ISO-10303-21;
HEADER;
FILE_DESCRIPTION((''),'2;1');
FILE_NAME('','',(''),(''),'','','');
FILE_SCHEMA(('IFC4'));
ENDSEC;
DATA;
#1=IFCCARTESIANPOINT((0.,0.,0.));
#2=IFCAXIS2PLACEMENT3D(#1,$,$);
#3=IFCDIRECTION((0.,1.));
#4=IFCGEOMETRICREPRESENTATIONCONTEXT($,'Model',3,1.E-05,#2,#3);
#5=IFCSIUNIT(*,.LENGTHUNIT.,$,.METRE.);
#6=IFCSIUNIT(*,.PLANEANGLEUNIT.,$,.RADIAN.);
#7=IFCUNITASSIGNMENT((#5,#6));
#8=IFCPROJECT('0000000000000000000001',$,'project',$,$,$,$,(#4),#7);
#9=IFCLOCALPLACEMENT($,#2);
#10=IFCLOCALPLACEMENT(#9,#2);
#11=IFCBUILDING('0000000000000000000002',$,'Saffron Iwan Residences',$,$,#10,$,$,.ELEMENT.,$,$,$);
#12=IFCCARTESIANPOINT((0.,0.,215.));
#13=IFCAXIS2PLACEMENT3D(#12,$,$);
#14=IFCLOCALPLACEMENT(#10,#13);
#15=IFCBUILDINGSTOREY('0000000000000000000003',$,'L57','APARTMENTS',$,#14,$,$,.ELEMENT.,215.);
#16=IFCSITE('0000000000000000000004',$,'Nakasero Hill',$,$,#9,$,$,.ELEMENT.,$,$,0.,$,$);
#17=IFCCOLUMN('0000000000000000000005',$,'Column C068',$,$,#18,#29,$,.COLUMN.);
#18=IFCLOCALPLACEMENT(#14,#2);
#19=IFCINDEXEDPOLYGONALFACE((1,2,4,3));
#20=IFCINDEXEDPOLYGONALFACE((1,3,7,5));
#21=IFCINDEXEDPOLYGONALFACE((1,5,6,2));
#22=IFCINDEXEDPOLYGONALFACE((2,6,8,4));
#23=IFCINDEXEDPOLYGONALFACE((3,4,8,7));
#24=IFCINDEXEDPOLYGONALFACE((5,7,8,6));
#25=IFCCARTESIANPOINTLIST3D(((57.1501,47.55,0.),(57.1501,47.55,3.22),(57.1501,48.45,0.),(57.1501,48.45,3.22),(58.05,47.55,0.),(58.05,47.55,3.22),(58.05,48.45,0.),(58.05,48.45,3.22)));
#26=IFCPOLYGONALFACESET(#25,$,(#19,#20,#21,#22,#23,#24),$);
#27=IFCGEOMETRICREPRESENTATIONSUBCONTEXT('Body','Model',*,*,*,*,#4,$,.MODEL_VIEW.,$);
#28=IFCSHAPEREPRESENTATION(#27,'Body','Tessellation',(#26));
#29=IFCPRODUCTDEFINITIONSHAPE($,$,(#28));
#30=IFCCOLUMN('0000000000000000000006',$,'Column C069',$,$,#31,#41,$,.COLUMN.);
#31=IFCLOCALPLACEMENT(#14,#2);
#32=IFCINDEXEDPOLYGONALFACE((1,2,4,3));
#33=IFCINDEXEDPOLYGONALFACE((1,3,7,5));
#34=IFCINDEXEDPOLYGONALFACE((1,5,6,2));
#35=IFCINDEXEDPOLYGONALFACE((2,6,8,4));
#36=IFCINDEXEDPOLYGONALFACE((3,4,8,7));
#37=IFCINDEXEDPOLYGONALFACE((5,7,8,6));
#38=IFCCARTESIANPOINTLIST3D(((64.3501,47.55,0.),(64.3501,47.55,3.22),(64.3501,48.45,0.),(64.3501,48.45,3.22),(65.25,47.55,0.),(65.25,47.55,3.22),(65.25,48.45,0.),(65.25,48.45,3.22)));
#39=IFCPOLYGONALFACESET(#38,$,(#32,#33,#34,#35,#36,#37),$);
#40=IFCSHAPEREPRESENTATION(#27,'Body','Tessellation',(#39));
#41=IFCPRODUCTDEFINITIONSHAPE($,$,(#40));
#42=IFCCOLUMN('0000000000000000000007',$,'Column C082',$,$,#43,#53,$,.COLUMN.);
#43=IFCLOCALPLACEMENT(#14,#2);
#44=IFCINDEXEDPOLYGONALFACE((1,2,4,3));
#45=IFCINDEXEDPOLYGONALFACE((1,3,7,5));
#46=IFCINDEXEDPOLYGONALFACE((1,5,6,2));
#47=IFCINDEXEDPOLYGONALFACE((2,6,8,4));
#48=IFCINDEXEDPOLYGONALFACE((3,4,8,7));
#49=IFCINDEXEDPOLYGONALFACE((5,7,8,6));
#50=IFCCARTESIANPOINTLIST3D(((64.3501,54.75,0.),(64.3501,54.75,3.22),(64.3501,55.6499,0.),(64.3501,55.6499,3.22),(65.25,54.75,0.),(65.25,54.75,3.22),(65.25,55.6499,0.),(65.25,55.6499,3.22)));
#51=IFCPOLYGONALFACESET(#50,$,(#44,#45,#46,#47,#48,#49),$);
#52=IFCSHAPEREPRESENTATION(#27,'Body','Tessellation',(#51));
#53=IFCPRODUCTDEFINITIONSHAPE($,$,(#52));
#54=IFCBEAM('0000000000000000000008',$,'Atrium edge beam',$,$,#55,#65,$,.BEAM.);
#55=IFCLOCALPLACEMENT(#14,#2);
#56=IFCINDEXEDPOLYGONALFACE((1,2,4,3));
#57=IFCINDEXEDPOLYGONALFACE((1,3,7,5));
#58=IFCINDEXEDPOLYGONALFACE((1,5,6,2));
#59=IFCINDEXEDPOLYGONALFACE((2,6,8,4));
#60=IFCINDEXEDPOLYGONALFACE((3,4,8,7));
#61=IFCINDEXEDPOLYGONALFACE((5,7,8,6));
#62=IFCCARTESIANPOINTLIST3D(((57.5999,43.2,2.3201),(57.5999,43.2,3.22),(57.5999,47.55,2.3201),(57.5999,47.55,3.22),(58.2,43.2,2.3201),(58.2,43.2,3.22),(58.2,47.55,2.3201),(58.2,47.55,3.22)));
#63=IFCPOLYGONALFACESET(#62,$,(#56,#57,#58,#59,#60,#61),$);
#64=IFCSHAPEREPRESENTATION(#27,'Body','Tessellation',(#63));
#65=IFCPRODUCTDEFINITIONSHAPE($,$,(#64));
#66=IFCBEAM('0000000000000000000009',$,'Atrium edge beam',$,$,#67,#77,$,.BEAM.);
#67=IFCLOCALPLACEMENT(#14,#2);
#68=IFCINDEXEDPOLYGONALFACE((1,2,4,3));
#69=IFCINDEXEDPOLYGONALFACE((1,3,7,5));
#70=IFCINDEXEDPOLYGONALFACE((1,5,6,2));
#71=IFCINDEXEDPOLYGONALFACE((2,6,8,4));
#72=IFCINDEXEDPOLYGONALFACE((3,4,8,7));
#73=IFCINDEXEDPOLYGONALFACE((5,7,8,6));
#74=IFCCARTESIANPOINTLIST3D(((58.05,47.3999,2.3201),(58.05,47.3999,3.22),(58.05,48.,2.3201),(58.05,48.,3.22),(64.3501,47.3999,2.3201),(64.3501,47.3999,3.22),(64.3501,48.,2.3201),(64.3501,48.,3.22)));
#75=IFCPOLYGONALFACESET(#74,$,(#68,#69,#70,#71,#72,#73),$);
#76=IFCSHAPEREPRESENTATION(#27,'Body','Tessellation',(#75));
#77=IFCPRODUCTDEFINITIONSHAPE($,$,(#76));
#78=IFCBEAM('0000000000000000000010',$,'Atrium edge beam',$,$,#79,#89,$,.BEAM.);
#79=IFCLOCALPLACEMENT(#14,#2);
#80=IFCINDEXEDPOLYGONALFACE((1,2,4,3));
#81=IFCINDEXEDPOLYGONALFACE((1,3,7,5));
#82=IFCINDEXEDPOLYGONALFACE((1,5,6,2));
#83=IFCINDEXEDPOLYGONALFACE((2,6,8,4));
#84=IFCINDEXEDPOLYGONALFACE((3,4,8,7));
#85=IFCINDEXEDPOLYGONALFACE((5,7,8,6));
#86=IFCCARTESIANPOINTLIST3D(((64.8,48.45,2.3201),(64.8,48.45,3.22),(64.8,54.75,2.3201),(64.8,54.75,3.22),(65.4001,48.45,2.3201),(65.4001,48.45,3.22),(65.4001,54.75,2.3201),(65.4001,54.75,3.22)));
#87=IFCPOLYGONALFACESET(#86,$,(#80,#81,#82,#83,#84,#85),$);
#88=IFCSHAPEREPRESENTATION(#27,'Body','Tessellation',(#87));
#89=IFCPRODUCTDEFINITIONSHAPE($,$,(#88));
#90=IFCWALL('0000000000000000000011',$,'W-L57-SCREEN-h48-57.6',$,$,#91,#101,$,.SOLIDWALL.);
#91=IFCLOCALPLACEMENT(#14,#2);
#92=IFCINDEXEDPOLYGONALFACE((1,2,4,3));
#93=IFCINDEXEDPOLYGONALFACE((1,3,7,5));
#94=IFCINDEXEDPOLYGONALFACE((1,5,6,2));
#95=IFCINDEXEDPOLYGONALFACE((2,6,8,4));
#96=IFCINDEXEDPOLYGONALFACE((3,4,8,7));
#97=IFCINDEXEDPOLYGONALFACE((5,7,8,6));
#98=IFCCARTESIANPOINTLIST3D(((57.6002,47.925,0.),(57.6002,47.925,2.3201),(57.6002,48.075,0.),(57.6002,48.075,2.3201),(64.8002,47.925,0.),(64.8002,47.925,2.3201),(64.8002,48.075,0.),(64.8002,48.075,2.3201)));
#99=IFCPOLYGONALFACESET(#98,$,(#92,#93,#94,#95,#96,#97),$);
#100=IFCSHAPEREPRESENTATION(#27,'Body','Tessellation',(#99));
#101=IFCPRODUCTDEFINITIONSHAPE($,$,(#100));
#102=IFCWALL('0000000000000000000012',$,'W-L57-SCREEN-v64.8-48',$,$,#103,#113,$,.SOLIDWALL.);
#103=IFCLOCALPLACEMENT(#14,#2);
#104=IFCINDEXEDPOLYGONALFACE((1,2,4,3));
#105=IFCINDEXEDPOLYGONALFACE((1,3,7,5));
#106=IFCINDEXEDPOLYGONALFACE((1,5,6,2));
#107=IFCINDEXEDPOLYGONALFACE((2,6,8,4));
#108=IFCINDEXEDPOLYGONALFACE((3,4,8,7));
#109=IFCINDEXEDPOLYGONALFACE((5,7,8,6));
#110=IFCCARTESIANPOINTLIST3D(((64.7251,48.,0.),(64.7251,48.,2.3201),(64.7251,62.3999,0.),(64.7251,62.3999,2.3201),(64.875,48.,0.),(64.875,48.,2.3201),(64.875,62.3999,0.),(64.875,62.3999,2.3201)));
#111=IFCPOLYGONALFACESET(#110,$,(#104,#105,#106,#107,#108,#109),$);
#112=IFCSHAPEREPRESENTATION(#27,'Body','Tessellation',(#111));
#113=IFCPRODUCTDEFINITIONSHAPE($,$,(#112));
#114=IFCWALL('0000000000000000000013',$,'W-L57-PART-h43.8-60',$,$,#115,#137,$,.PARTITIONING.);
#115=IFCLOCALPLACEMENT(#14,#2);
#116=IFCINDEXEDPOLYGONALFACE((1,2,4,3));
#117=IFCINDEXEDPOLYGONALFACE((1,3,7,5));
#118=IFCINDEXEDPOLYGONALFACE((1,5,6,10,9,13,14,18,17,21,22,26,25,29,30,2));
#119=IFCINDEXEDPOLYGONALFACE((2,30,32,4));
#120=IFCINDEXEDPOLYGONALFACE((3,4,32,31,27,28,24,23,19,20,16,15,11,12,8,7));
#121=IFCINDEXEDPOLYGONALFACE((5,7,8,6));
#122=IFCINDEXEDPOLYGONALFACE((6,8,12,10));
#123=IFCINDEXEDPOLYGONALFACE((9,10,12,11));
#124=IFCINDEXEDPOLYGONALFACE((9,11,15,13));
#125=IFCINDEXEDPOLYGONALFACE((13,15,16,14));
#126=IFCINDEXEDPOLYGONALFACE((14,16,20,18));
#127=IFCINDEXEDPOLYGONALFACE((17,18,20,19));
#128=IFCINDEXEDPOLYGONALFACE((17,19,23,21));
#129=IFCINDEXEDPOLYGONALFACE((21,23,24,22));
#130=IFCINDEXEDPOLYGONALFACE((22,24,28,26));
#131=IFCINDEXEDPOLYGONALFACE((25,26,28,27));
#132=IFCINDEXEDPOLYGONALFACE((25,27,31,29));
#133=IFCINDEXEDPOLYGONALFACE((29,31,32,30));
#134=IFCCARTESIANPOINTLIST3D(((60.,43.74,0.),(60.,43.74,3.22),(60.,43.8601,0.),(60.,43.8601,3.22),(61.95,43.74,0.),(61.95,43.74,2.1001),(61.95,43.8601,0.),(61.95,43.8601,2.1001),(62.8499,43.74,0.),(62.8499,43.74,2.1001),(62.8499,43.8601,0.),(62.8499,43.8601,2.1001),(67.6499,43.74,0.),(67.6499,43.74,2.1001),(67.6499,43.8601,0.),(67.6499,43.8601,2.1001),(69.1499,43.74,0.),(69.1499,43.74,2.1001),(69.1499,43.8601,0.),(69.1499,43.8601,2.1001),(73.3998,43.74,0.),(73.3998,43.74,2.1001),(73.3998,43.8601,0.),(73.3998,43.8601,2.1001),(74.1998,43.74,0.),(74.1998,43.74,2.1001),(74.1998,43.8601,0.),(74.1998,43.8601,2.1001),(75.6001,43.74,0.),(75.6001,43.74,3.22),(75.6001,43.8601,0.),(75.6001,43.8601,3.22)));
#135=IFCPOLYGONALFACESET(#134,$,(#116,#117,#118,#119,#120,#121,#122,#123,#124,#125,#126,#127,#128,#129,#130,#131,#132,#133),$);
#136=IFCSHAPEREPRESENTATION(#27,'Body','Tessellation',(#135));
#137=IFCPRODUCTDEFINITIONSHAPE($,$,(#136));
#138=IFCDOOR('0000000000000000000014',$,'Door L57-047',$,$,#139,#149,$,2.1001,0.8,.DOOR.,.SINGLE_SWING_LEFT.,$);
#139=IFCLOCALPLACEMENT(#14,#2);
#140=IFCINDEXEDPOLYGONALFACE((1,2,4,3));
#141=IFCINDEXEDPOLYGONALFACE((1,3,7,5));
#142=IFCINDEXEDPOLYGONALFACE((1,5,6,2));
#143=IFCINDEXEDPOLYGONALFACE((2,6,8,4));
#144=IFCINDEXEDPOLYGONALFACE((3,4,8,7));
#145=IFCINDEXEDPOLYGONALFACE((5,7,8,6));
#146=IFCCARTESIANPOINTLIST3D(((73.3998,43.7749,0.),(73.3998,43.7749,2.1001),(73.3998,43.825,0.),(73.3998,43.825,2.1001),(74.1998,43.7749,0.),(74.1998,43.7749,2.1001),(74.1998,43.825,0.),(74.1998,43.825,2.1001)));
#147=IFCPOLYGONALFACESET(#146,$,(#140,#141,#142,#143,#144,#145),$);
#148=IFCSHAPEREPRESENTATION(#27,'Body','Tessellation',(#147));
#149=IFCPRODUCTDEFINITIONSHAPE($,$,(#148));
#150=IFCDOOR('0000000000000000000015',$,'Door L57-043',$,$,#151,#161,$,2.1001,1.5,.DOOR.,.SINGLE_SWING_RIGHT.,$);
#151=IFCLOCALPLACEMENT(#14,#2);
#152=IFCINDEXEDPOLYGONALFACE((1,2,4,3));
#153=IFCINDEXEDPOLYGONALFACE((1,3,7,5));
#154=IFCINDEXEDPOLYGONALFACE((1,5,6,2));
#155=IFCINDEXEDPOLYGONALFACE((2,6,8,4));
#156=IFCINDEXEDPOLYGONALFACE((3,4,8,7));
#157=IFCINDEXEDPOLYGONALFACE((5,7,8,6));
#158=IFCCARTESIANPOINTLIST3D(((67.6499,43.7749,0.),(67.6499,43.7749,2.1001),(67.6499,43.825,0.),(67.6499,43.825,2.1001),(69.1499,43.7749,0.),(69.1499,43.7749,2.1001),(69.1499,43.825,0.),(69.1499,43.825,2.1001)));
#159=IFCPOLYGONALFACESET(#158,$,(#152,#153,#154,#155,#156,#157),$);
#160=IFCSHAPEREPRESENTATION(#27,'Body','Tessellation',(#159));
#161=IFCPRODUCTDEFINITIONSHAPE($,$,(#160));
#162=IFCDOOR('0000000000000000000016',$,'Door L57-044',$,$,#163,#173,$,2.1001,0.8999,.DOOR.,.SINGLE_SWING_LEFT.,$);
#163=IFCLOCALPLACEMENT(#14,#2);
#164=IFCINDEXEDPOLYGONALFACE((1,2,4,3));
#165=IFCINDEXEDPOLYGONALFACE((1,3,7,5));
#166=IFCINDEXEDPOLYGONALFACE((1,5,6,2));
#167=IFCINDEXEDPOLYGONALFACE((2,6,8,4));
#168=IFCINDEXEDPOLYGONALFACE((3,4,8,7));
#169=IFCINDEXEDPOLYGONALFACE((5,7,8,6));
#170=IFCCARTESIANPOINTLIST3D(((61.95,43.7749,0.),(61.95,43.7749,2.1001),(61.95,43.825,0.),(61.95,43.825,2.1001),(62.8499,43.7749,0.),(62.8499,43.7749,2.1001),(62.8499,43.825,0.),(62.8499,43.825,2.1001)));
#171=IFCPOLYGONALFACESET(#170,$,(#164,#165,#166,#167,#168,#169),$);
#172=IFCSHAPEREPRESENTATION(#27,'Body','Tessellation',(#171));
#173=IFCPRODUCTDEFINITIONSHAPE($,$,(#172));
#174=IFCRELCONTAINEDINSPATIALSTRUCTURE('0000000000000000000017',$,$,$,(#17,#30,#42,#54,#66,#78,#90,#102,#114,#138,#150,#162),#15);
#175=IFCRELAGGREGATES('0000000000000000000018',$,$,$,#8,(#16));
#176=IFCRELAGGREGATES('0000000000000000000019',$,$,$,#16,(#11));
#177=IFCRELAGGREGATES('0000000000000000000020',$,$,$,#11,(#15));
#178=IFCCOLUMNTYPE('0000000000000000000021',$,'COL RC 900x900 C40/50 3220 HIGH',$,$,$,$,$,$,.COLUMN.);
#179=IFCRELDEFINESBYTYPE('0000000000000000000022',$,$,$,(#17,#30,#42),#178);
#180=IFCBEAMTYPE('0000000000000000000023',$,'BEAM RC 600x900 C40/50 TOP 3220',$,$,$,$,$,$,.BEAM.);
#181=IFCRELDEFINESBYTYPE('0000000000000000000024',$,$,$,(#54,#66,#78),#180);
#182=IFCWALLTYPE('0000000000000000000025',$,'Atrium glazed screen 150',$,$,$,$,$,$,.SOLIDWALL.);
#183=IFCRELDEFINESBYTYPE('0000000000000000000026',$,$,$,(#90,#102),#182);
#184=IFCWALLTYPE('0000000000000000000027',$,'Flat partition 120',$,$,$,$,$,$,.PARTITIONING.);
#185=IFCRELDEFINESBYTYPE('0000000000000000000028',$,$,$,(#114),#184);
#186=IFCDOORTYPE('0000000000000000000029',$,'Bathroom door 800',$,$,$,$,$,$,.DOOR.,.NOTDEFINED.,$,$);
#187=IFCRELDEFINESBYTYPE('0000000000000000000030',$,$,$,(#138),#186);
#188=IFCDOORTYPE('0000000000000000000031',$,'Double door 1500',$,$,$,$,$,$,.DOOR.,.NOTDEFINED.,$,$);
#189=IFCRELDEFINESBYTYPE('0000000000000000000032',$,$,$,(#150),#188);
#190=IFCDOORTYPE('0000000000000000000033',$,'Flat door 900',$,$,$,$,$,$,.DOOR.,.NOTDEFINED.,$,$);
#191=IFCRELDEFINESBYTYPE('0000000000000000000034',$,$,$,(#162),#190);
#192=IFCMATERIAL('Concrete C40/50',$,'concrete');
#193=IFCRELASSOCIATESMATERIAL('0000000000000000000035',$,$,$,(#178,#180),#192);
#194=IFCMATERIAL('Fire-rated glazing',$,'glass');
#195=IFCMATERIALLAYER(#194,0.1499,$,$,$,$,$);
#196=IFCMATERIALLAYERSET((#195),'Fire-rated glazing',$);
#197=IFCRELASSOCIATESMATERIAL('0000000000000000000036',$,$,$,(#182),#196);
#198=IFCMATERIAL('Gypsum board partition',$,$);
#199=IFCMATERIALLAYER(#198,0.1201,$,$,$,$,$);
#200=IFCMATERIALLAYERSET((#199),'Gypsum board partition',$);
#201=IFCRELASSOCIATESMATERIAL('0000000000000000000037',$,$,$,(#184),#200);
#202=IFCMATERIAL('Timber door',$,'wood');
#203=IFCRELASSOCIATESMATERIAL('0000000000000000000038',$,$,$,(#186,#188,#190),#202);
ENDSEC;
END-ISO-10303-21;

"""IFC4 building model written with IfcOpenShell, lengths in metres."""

from ifc_helpers import new_model, si_unit, direction, frame, frame_2d, origin, origin_2d, place, context, subcontext, project, spatial, rectangle, extrude, source, transform, mapped, material, layer, layer_set, material_profile, profile_set, type_object, element, fill, save


model = new_model("IFC4")

# Units and contexts
model_context = context("Model", 3, precision=1e-05, world=origin(), true_north=direction((0.0, 1.0)))
body_context = subcontext(model_context, "Body", "Model", "MODEL_VIEW")
ifc_project = project(units=[si_unit("LENGTHUNIT", "METRE"), si_unit("PLANEANGLEUNIT", "RADIAN")], contexts=[model_context])

# Site, building, storey
site_placement = place(None, origin())
site = spatial("IfcSite", under=ifc_project, at=site_placement, Name="Nakasero Hill", CompositionType="ELEMENT", RefElevation=0.0)
building_placement = place(site_placement, origin())
building = spatial("IfcBuilding", under=site, at=building_placement, Name="Saffron Iwan Residences", CompositionType="ELEMENT")
storey_placement = place(building_placement, frame((0.0, 0.0, 215.0)))
storey = spatial("IfcBuildingStorey", under=building, at=storey_placement, Name="L57", Description="APARTMENTS", CompositionType="ELEMENT", Elevation=215.0)

# Columns
ifc_material_1 = material(Name="Concrete C40/50", Category="concrete")
ifc_material_profile_1 = material_profile(ifc_material_1, rectangle(XDim=0.8999, YDim=0.8999, at=origin_2d()), Name="RC 900x900")
ifc_profile_set_1 = profile_set([ifc_material_profile_1], Name="Concrete C40/50")
column_type = type_object("IfcColumnType", Name="COL RC 900x900 C40/50 3220 HIGH", PredefinedType="COLUMN", material=ifc_profile_set_1)
shared_shape_1 = source(origin(), body_context, "Body", "SweptSolid", [
    extrude(rectangle(XDim=0.8999, YDim=0.8999, at=origin_2d()), origin(), (0.0, 0.0, 1.0), 3.22),
])
for number, where, z_axis, x_axis, name in (
    (1, (57.6001, 48.0, 0.0), (0.0, 0.0, 1.0), (1.0, 0.0, 0.0), "Column C068"),
    (2, (64.8, 48.0, 0.0), (0.0, 0.0, 1.0), (1.0, 0.0, 0.0), "Column C069"),
    (3, (64.8, 55.2, 0.0), (0.0, 0.0, 1.0), (1.0, 0.0, 0.0), "Column C082"),
):
    element("IfcColumn", number, at=place(storey_placement, frame(where, z_axis=z_axis, x_axis=x_axis)), inside=storey, type_object=column_type, Name=name, PredefinedType="COLUMN", context=body_context, shape_type="MappedRepresentation", body=[
        mapped(shared_shape_1, transform((0.0, 0.0, 0.0))),
    ])

# Beams
ifc_material_profile_2 = material_profile(ifc_material_1, rectangle(XDim=0.6001, YDim=0.8999, at=origin_2d()), Name="RC 600x900")
ifc_profile_set_2 = profile_set([ifc_material_profile_2], Name="Concrete C40/50")
beam_type = type_object("IfcBeamType", Name="BEAM RC 600x900 C40/50 TOP 3220", PredefinedType="BEAM", material=ifc_profile_set_2)
shared_shape_2 = source(origin(), body_context, "Body", "SweptSolid", [
    extrude(rectangle(XDim=0.6001, YDim=0.8999, at=origin_2d()), origin(), (0.0, 0.0, 1.0), 4.3501),
])
beam_placement = place(storey_placement, frame((57.8999, 47.55, 2.77), z_axis=(0.0, -1.0, 0.0), x_axis=(1.0, 0.0, 0.0)))
element("IfcBeam", 4, at=beam_placement, inside=storey, type_object=beam_type, Name="Atrium edge beam", PredefinedType="BEAM", context=body_context, shape_type="MappedRepresentation", body=[
    mapped(shared_shape_2, transform((0.0, 0.0, 0.0))),
])
shared_shape_3 = source(origin(), body_context, "Body", "SweptSolid", [
    extrude(rectangle(XDim=0.6001, YDim=0.8999, at=origin_2d()), origin(), (0.0, 0.0, 1.0), 6.3),
])
for number, where, z_axis, x_axis, name in (
    (5, (64.3501, 47.7, 2.77), (-1.0, 0.0, 0.0), (0.0, -1.0, 0.0), "Atrium edge beam"),
    (6, (65.1001, 54.75, 2.77), (0.0, -1.0, 0.0), (1.0, 0.0, 0.0), "Atrium edge beam"),
):
    element("IfcBeam", number, at=place(storey_placement, frame(where, z_axis=z_axis, x_axis=x_axis)), inside=storey, type_object=beam_type, Name=name, PredefinedType="BEAM", context=body_context, shape_type="MappedRepresentation", body=[
        mapped(shared_shape_3, transform((0.0, 0.0, 0.0))),
    ])

# Walls
ifc_material_2 = material(Name="Fire-rated glazing", Category="glass")
ifc_layer_1 = layer(ifc_material_2, 0.1499)
ifc_layer_set_1 = layer_set([ifc_layer_1], Name="Fire-rated glazing")
wall_type_1 = type_object("IfcWallType", Name="Atrium glazed screen 150", PredefinedType="SOLIDWALL", material=ifc_layer_set_1)
wall_1_placement = place(storey_placement, frame((57.6001, 48.0, 0.0), z_axis=(0.0, 0.0, 1.0), x_axis=(1.0, 0.0, 0.0)))
element("IfcWall", 7, at=wall_1_placement, inside=storey, type_object=wall_type_1, Name="W-L57-SCREEN-h48-57.6", PredefinedType="SOLIDWALL", context=body_context, shape_type="SweptSolid", body=[
    extrude(rectangle(XDim=7.2, YDim=0.1499, at=frame_2d((3.6001, 0.0))), origin(), (0.0, 0.0, 1.0), 2.3201),
])
wall_2_placement = place(storey_placement, frame((64.8, 48.0, 0.0), z_axis=(0.0, 0.0, 1.0), x_axis=(0.0, 1.0, 0.0)))
element("IfcWall", 8, at=wall_2_placement, inside=storey, type_object=wall_type_1, Name="W-L57-SCREEN-v64.8-48", PredefinedType="SOLIDWALL", context=body_context, shape_type="SweptSolid", body=[
    extrude(rectangle(XDim=14.3999, YDim=0.1499, at=frame_2d((7.2, 0.0))), origin(), (0.0, 0.0, 1.0), 2.3201),
])

# Wall, openings, doors
ifc_material_3 = material(Name="Gypsum board partition")
ifc_layer_2 = layer(ifc_material_3, 0.1201)
ifc_layer_set_2 = layer_set([ifc_layer_2], Name="Gypsum board partition")
wall_type_2 = type_object("IfcWallType", Name="Flat partition 120", PredefinedType="PARTITIONING", material=ifc_layer_set_2)
wall_3_placement = place(storey_placement, frame((60.0, 43.8, 0.0), z_axis=(0.0, 0.0, 1.0), x_axis=(1.0, 0.0, 0.0)))
wall_3 = element("IfcWall", 9, at=wall_3_placement, inside=storey, type_object=wall_type_2, Name="W-L57-PART-h43.8-60", PredefinedType="PARTITIONING", context=body_context, shape_type="SweptSolid", body=[
    extrude(rectangle(XDim=15.6001, YDim=0.1201, at=frame_2d((7.8, 0.0))), origin(), (0.0, 0.0, 1.0), 3.22),
])
opening_1_placement = place(wall_3_placement, frame((7.6499, 0.0, 0.0)))
opening_1 = element("IfcOpeningElement", 10, at=opening_1_placement, cuts=wall_3, PredefinedType="OPENING", context=body_context, shape_type="SweptSolid", body=[
    extrude(rectangle(XDim=1.5, YDim=2.1001, at=frame_2d((0.75, 1.05))), frame((0.0, 0.0701, 0.0), z_axis=(0.0, -1.0, 0.0), x_axis=(1.0, 0.0, 0.0)), (0.0, 0.0, 1.0), 0.1401),
])
opening_2_placement = place(wall_3_placement, frame((1.95, 0.0, 0.0)))
opening_2 = element("IfcOpeningElement", 11, at=opening_2_placement, cuts=wall_3, PredefinedType="OPENING", context=body_context, shape_type="SweptSolid", body=[
    extrude(rectangle(XDim=0.8999, YDim=2.1001, at=frame_2d((0.45, 1.05))), frame((0.0, 0.0701, 0.0), z_axis=(0.0, -1.0, 0.0), x_axis=(1.0, 0.0, 0.0)), (0.0, 0.0, 1.0), 0.1401),
])
opening_3_placement = place(wall_3_placement, frame((13.3999, 0.0, 0.0)))
opening_3 = element("IfcOpeningElement", 12, at=opening_3_placement, cuts=wall_3, PredefinedType="OPENING", context=body_context, shape_type="SweptSolid", body=[
    extrude(rectangle(XDim=0.8, YDim=2.1001, at=frame_2d((0.3999, 1.05))), frame((0.0, 0.0701, 0.0), z_axis=(0.0, -1.0, 0.0), x_axis=(1.0, 0.0, 0.0)), (0.0, 0.0, 1.0), 0.1401),
])
ifc_material_4 = material(Name="Timber door", Category="wood")
door_type_1 = type_object("IfcDoorType", Name="Bathroom door 800", OperationType="NOTDEFINED", PredefinedType="DOOR", material=ifc_material_4)
door_1_placement = place(opening_3_placement, origin())
door_1 = element("IfcDoor", 13, at=door_1_placement, inside=storey, type_object=door_type_1, Name="Door L57-047", OperationType="SINGLE_SWING_LEFT", OverallHeight=2.1001, OverallWidth=0.8, PredefinedType="DOOR", context=body_context, shape_type="SweptSolid", body=[
    extrude(rectangle(XDim=0.8, YDim=2.1001, at=frame_2d((0.3999, 1.05))), frame((0.0, 0.0249, 0.0), z_axis=(0.0, -1.0, 0.0), x_axis=(1.0, 0.0, 0.0)), (0.0, 0.0, 1.0), 0.05),
])
fill(opening_3, door_1)
door_type_2 = type_object("IfcDoorType", Name="Double door 1500", OperationType="NOTDEFINED", PredefinedType="DOOR", material=ifc_material_4)
door_2_placement = place(opening_1_placement, origin())
door_2 = element("IfcDoor", 14, at=door_2_placement, inside=storey, type_object=door_type_2, Name="Door L57-043", OperationType="SINGLE_SWING_RIGHT", OverallHeight=2.1001, OverallWidth=1.5, PredefinedType="DOOR", context=body_context, shape_type="SweptSolid", body=[
    extrude(rectangle(XDim=1.5, YDim=2.1001, at=frame_2d((0.75, 1.05))), frame((0.0, 0.0249, 0.0), z_axis=(0.0, -1.0, 0.0), x_axis=(1.0, 0.0, 0.0)), (0.0, 0.0, 1.0), 0.05),
])
fill(opening_1, door_2)
door_type_3 = type_object("IfcDoorType", Name="Flat door 900", OperationType="NOTDEFINED", PredefinedType="DOOR", material=ifc_material_4)
door_3_placement = place(opening_2_placement, origin())
door_3 = element("IfcDoor", 15, at=door_3_placement, inside=storey, type_object=door_type_3, Name="Door L57-044", OperationType="SINGLE_SWING_LEFT", OverallHeight=2.1001, OverallWidth=0.8999, PredefinedType="DOOR", context=body_context, shape_type="SweptSolid", body=[
    extrude(rectangle(XDim=0.8999, YDim=2.1001, at=frame_2d((0.45, 1.05))), frame((0.0, 0.0249, 0.0), z_axis=(0.0, -1.0, 0.0), x_axis=(1.0, 0.0, 0.0)), (0.0, 0.0, 1.0), 0.05),
])
fill(opening_2, door_3)

save(model, "model.ifc")
